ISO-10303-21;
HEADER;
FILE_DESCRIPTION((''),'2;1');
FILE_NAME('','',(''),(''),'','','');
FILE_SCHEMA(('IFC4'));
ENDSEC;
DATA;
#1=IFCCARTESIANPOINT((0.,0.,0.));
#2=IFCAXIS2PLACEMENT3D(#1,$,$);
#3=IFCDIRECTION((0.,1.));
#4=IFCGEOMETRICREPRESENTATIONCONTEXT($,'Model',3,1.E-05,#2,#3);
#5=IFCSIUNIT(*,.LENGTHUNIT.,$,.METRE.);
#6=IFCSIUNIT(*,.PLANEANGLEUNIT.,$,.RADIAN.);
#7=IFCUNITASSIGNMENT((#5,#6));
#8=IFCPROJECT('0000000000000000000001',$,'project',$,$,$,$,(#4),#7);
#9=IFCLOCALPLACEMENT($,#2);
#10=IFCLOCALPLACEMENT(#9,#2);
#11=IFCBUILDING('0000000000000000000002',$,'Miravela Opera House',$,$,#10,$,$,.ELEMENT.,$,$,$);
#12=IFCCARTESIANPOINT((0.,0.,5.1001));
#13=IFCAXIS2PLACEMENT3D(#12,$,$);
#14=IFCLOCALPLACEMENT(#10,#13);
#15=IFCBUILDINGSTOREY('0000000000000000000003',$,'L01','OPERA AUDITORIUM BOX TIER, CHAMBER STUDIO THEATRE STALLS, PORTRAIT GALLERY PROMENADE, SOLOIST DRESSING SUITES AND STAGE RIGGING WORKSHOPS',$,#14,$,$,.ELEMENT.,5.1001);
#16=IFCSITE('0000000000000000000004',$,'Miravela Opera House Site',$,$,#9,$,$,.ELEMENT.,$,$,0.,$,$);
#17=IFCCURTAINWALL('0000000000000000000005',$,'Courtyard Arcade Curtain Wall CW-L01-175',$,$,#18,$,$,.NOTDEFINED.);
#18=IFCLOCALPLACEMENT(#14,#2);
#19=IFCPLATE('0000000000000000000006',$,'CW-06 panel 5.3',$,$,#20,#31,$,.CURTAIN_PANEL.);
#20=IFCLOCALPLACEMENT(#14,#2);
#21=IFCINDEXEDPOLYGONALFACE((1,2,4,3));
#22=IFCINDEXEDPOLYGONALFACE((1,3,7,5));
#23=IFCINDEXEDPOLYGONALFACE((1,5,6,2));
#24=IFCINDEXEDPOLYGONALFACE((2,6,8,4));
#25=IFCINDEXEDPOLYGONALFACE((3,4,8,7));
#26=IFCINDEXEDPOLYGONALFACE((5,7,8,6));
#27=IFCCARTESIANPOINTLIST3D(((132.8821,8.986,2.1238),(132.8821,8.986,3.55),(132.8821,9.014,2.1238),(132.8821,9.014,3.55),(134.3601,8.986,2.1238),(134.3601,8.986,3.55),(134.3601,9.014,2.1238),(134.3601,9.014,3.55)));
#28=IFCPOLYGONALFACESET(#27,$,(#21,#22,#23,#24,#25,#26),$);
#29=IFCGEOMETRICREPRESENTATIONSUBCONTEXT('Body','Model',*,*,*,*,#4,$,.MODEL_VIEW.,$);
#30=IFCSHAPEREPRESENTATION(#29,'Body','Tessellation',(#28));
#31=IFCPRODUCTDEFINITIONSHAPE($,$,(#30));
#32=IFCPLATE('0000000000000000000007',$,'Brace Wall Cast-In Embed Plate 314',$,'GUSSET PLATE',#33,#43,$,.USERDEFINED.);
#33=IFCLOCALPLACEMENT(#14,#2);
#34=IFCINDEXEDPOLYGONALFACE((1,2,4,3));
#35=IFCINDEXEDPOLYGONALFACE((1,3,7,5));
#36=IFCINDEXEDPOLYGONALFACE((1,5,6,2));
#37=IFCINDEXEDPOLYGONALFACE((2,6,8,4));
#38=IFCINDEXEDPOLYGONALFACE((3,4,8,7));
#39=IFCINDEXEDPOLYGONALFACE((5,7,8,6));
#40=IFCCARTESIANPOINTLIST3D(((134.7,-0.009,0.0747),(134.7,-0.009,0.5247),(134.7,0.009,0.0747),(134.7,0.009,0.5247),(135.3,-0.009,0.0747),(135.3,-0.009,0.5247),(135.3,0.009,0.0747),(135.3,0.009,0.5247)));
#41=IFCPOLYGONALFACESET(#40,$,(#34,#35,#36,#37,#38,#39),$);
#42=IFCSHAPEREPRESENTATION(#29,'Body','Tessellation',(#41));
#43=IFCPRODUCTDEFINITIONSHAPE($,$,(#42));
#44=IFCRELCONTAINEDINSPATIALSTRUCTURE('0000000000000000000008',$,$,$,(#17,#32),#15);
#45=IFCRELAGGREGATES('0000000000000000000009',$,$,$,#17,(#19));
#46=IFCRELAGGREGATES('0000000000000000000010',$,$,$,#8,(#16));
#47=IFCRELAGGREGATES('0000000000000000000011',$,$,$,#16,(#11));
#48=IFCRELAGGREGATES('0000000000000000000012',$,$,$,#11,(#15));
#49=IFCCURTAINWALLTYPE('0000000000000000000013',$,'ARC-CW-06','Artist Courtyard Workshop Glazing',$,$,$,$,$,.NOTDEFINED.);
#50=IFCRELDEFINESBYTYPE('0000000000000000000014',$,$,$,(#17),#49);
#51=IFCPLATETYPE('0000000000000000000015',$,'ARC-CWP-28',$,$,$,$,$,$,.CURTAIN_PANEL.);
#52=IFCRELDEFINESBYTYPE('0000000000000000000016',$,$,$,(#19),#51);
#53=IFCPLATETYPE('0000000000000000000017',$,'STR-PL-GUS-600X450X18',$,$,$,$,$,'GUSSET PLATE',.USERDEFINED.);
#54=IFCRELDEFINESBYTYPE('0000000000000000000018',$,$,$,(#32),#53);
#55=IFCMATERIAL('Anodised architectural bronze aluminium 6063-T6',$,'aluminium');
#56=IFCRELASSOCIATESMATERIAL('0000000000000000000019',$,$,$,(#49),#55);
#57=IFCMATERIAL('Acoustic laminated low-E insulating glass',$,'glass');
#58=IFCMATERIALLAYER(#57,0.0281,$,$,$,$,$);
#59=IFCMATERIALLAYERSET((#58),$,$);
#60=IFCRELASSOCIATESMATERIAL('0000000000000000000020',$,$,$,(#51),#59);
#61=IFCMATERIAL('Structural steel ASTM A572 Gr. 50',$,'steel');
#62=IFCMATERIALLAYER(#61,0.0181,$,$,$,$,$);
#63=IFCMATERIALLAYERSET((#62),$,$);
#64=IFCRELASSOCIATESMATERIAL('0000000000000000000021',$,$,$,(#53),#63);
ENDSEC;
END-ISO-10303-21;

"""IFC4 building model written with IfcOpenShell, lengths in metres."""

from ifc_helpers import new_model, si_unit, direction, frame, origin, origin_2d, place, context, subcontext, project, spatial, rectangle, extrude, material, layer, layer_set, type_object, element, aggregate, save


model = new_model("IFC4")

# Units and contexts
model_context = context("Model", 3, precision=1e-05, world=origin(), true_north=direction((0.0, 1.0)))
body_context = subcontext(model_context, "Body", "Model", "MODEL_VIEW")
ifc_project = project(units=[si_unit("LENGTHUNIT", "METRE"), si_unit("PLANEANGLEUNIT", "RADIAN")], contexts=[model_context])

# Site, building, storey
site_placement = place(None, origin())
site = spatial("IfcSite", under=ifc_project, at=site_placement, Name="Miravela Opera House Site", CompositionType="ELEMENT", RefElevation=0.0)
building_placement = place(site_placement, origin())
building = spatial("IfcBuilding", under=site, at=building_placement, Name="Miravela Opera House", CompositionType="ELEMENT")
storey_placement = place(building_placement, frame((0.0, 0.0, 5.1001)))
storey = spatial("IfcBuildingStorey", under=building, at=storey_placement, Name="L01", Description="OPERA AUDITORIUM BOX TIER, CHAMBER STUDIO THEATRE STALLS, PORTRAIT GALLERY PROMENADE, SOLOIST DRESSING SUITES AND STAGE RIGGING WORKSHOPS", CompositionType="ELEMENT", Elevation=5.1001)

# Curtain wall
ifc_material_1 = material(Name="Anodised architectural bronze aluminium 6063-T6", Category="aluminium")
curtain_wall_type = type_object("IfcCurtainWallType", Name="ARC-CW-06", Description="Artist Courtyard Workshop Glazing", PredefinedType="NOTDEFINED", material=ifc_material_1)
curtain_wall_1_placement = place(storey_placement, origin())
curtain_wall_1 = element("IfcCurtainWall", 1, at=curtain_wall_1_placement, inside=storey, type_object=curtain_wall_type, Name="Courtyard Arcade Curtain Wall CW-L01-175", PredefinedType="NOTDEFINED")

# Plates
ifc_material_2 = material(Name="Acoustic laminated low-E insulating glass", Category="glass")
ifc_layer_1 = layer(ifc_material_2, 0.0281)
ifc_layer_set_1 = layer_set([ifc_layer_1])
plate_type_1 = type_object("IfcPlateType", Name="ARC-CWP-28", PredefinedType="CURTAIN_PANEL", material=ifc_layer_set_1)
plate_1_placement = place(storey_placement, frame((133.6211, 9.0, 2.1238), z_axis=(0.0, 0.0, 1.0), x_axis=(1.0, 0.0, 0.0)))
plate_1 = element("IfcPlate", 2, at=plate_1_placement, type_object=plate_type_1, Name="CW-06 panel 5.3", PredefinedType="CURTAIN_PANEL", context=body_context, shape_type="SweptSolid", body=[
    extrude(rectangle(XDim=1.478, YDim=0.0281, at=origin_2d()), origin(), (0.0, 0.0, 1.0), 1.4263),
])
aggregate(curtain_wall_1, [plate_1])
ifc_material_3 = material(Name="Structural steel ASTM A572 Gr. 50", Category="steel")
ifc_layer_2 = layer(ifc_material_3, 0.0181)
ifc_layer_set_2 = layer_set([ifc_layer_2])
plate_type_2 = type_object("IfcPlateType", Name="STR-PL-GUS-600X450X18", ElementType="GUSSET PLATE", PredefinedType="USERDEFINED", material=ifc_layer_set_2)
plate_2_placement = place(storey_placement, frame((135.0, 0.0, 0.0747), z_axis=(0.0, 0.0, 1.0), x_axis=(1.0, 0.0, 0.0)))
element("IfcPlate", 3, at=plate_2_placement, inside=storey, type_object=plate_type_2, Name="Brace Wall Cast-In Embed Plate 314", ObjectType="GUSSET PLATE", PredefinedType="USERDEFINED", context=body_context, shape_type="SweptSolid", body=[
    extrude(rectangle(XDim=0.6001, YDim=0.0181, at=origin_2d()), origin(), (0.0, 0.0, 1.0), 0.45),
])

save(model, "model.ifc")
